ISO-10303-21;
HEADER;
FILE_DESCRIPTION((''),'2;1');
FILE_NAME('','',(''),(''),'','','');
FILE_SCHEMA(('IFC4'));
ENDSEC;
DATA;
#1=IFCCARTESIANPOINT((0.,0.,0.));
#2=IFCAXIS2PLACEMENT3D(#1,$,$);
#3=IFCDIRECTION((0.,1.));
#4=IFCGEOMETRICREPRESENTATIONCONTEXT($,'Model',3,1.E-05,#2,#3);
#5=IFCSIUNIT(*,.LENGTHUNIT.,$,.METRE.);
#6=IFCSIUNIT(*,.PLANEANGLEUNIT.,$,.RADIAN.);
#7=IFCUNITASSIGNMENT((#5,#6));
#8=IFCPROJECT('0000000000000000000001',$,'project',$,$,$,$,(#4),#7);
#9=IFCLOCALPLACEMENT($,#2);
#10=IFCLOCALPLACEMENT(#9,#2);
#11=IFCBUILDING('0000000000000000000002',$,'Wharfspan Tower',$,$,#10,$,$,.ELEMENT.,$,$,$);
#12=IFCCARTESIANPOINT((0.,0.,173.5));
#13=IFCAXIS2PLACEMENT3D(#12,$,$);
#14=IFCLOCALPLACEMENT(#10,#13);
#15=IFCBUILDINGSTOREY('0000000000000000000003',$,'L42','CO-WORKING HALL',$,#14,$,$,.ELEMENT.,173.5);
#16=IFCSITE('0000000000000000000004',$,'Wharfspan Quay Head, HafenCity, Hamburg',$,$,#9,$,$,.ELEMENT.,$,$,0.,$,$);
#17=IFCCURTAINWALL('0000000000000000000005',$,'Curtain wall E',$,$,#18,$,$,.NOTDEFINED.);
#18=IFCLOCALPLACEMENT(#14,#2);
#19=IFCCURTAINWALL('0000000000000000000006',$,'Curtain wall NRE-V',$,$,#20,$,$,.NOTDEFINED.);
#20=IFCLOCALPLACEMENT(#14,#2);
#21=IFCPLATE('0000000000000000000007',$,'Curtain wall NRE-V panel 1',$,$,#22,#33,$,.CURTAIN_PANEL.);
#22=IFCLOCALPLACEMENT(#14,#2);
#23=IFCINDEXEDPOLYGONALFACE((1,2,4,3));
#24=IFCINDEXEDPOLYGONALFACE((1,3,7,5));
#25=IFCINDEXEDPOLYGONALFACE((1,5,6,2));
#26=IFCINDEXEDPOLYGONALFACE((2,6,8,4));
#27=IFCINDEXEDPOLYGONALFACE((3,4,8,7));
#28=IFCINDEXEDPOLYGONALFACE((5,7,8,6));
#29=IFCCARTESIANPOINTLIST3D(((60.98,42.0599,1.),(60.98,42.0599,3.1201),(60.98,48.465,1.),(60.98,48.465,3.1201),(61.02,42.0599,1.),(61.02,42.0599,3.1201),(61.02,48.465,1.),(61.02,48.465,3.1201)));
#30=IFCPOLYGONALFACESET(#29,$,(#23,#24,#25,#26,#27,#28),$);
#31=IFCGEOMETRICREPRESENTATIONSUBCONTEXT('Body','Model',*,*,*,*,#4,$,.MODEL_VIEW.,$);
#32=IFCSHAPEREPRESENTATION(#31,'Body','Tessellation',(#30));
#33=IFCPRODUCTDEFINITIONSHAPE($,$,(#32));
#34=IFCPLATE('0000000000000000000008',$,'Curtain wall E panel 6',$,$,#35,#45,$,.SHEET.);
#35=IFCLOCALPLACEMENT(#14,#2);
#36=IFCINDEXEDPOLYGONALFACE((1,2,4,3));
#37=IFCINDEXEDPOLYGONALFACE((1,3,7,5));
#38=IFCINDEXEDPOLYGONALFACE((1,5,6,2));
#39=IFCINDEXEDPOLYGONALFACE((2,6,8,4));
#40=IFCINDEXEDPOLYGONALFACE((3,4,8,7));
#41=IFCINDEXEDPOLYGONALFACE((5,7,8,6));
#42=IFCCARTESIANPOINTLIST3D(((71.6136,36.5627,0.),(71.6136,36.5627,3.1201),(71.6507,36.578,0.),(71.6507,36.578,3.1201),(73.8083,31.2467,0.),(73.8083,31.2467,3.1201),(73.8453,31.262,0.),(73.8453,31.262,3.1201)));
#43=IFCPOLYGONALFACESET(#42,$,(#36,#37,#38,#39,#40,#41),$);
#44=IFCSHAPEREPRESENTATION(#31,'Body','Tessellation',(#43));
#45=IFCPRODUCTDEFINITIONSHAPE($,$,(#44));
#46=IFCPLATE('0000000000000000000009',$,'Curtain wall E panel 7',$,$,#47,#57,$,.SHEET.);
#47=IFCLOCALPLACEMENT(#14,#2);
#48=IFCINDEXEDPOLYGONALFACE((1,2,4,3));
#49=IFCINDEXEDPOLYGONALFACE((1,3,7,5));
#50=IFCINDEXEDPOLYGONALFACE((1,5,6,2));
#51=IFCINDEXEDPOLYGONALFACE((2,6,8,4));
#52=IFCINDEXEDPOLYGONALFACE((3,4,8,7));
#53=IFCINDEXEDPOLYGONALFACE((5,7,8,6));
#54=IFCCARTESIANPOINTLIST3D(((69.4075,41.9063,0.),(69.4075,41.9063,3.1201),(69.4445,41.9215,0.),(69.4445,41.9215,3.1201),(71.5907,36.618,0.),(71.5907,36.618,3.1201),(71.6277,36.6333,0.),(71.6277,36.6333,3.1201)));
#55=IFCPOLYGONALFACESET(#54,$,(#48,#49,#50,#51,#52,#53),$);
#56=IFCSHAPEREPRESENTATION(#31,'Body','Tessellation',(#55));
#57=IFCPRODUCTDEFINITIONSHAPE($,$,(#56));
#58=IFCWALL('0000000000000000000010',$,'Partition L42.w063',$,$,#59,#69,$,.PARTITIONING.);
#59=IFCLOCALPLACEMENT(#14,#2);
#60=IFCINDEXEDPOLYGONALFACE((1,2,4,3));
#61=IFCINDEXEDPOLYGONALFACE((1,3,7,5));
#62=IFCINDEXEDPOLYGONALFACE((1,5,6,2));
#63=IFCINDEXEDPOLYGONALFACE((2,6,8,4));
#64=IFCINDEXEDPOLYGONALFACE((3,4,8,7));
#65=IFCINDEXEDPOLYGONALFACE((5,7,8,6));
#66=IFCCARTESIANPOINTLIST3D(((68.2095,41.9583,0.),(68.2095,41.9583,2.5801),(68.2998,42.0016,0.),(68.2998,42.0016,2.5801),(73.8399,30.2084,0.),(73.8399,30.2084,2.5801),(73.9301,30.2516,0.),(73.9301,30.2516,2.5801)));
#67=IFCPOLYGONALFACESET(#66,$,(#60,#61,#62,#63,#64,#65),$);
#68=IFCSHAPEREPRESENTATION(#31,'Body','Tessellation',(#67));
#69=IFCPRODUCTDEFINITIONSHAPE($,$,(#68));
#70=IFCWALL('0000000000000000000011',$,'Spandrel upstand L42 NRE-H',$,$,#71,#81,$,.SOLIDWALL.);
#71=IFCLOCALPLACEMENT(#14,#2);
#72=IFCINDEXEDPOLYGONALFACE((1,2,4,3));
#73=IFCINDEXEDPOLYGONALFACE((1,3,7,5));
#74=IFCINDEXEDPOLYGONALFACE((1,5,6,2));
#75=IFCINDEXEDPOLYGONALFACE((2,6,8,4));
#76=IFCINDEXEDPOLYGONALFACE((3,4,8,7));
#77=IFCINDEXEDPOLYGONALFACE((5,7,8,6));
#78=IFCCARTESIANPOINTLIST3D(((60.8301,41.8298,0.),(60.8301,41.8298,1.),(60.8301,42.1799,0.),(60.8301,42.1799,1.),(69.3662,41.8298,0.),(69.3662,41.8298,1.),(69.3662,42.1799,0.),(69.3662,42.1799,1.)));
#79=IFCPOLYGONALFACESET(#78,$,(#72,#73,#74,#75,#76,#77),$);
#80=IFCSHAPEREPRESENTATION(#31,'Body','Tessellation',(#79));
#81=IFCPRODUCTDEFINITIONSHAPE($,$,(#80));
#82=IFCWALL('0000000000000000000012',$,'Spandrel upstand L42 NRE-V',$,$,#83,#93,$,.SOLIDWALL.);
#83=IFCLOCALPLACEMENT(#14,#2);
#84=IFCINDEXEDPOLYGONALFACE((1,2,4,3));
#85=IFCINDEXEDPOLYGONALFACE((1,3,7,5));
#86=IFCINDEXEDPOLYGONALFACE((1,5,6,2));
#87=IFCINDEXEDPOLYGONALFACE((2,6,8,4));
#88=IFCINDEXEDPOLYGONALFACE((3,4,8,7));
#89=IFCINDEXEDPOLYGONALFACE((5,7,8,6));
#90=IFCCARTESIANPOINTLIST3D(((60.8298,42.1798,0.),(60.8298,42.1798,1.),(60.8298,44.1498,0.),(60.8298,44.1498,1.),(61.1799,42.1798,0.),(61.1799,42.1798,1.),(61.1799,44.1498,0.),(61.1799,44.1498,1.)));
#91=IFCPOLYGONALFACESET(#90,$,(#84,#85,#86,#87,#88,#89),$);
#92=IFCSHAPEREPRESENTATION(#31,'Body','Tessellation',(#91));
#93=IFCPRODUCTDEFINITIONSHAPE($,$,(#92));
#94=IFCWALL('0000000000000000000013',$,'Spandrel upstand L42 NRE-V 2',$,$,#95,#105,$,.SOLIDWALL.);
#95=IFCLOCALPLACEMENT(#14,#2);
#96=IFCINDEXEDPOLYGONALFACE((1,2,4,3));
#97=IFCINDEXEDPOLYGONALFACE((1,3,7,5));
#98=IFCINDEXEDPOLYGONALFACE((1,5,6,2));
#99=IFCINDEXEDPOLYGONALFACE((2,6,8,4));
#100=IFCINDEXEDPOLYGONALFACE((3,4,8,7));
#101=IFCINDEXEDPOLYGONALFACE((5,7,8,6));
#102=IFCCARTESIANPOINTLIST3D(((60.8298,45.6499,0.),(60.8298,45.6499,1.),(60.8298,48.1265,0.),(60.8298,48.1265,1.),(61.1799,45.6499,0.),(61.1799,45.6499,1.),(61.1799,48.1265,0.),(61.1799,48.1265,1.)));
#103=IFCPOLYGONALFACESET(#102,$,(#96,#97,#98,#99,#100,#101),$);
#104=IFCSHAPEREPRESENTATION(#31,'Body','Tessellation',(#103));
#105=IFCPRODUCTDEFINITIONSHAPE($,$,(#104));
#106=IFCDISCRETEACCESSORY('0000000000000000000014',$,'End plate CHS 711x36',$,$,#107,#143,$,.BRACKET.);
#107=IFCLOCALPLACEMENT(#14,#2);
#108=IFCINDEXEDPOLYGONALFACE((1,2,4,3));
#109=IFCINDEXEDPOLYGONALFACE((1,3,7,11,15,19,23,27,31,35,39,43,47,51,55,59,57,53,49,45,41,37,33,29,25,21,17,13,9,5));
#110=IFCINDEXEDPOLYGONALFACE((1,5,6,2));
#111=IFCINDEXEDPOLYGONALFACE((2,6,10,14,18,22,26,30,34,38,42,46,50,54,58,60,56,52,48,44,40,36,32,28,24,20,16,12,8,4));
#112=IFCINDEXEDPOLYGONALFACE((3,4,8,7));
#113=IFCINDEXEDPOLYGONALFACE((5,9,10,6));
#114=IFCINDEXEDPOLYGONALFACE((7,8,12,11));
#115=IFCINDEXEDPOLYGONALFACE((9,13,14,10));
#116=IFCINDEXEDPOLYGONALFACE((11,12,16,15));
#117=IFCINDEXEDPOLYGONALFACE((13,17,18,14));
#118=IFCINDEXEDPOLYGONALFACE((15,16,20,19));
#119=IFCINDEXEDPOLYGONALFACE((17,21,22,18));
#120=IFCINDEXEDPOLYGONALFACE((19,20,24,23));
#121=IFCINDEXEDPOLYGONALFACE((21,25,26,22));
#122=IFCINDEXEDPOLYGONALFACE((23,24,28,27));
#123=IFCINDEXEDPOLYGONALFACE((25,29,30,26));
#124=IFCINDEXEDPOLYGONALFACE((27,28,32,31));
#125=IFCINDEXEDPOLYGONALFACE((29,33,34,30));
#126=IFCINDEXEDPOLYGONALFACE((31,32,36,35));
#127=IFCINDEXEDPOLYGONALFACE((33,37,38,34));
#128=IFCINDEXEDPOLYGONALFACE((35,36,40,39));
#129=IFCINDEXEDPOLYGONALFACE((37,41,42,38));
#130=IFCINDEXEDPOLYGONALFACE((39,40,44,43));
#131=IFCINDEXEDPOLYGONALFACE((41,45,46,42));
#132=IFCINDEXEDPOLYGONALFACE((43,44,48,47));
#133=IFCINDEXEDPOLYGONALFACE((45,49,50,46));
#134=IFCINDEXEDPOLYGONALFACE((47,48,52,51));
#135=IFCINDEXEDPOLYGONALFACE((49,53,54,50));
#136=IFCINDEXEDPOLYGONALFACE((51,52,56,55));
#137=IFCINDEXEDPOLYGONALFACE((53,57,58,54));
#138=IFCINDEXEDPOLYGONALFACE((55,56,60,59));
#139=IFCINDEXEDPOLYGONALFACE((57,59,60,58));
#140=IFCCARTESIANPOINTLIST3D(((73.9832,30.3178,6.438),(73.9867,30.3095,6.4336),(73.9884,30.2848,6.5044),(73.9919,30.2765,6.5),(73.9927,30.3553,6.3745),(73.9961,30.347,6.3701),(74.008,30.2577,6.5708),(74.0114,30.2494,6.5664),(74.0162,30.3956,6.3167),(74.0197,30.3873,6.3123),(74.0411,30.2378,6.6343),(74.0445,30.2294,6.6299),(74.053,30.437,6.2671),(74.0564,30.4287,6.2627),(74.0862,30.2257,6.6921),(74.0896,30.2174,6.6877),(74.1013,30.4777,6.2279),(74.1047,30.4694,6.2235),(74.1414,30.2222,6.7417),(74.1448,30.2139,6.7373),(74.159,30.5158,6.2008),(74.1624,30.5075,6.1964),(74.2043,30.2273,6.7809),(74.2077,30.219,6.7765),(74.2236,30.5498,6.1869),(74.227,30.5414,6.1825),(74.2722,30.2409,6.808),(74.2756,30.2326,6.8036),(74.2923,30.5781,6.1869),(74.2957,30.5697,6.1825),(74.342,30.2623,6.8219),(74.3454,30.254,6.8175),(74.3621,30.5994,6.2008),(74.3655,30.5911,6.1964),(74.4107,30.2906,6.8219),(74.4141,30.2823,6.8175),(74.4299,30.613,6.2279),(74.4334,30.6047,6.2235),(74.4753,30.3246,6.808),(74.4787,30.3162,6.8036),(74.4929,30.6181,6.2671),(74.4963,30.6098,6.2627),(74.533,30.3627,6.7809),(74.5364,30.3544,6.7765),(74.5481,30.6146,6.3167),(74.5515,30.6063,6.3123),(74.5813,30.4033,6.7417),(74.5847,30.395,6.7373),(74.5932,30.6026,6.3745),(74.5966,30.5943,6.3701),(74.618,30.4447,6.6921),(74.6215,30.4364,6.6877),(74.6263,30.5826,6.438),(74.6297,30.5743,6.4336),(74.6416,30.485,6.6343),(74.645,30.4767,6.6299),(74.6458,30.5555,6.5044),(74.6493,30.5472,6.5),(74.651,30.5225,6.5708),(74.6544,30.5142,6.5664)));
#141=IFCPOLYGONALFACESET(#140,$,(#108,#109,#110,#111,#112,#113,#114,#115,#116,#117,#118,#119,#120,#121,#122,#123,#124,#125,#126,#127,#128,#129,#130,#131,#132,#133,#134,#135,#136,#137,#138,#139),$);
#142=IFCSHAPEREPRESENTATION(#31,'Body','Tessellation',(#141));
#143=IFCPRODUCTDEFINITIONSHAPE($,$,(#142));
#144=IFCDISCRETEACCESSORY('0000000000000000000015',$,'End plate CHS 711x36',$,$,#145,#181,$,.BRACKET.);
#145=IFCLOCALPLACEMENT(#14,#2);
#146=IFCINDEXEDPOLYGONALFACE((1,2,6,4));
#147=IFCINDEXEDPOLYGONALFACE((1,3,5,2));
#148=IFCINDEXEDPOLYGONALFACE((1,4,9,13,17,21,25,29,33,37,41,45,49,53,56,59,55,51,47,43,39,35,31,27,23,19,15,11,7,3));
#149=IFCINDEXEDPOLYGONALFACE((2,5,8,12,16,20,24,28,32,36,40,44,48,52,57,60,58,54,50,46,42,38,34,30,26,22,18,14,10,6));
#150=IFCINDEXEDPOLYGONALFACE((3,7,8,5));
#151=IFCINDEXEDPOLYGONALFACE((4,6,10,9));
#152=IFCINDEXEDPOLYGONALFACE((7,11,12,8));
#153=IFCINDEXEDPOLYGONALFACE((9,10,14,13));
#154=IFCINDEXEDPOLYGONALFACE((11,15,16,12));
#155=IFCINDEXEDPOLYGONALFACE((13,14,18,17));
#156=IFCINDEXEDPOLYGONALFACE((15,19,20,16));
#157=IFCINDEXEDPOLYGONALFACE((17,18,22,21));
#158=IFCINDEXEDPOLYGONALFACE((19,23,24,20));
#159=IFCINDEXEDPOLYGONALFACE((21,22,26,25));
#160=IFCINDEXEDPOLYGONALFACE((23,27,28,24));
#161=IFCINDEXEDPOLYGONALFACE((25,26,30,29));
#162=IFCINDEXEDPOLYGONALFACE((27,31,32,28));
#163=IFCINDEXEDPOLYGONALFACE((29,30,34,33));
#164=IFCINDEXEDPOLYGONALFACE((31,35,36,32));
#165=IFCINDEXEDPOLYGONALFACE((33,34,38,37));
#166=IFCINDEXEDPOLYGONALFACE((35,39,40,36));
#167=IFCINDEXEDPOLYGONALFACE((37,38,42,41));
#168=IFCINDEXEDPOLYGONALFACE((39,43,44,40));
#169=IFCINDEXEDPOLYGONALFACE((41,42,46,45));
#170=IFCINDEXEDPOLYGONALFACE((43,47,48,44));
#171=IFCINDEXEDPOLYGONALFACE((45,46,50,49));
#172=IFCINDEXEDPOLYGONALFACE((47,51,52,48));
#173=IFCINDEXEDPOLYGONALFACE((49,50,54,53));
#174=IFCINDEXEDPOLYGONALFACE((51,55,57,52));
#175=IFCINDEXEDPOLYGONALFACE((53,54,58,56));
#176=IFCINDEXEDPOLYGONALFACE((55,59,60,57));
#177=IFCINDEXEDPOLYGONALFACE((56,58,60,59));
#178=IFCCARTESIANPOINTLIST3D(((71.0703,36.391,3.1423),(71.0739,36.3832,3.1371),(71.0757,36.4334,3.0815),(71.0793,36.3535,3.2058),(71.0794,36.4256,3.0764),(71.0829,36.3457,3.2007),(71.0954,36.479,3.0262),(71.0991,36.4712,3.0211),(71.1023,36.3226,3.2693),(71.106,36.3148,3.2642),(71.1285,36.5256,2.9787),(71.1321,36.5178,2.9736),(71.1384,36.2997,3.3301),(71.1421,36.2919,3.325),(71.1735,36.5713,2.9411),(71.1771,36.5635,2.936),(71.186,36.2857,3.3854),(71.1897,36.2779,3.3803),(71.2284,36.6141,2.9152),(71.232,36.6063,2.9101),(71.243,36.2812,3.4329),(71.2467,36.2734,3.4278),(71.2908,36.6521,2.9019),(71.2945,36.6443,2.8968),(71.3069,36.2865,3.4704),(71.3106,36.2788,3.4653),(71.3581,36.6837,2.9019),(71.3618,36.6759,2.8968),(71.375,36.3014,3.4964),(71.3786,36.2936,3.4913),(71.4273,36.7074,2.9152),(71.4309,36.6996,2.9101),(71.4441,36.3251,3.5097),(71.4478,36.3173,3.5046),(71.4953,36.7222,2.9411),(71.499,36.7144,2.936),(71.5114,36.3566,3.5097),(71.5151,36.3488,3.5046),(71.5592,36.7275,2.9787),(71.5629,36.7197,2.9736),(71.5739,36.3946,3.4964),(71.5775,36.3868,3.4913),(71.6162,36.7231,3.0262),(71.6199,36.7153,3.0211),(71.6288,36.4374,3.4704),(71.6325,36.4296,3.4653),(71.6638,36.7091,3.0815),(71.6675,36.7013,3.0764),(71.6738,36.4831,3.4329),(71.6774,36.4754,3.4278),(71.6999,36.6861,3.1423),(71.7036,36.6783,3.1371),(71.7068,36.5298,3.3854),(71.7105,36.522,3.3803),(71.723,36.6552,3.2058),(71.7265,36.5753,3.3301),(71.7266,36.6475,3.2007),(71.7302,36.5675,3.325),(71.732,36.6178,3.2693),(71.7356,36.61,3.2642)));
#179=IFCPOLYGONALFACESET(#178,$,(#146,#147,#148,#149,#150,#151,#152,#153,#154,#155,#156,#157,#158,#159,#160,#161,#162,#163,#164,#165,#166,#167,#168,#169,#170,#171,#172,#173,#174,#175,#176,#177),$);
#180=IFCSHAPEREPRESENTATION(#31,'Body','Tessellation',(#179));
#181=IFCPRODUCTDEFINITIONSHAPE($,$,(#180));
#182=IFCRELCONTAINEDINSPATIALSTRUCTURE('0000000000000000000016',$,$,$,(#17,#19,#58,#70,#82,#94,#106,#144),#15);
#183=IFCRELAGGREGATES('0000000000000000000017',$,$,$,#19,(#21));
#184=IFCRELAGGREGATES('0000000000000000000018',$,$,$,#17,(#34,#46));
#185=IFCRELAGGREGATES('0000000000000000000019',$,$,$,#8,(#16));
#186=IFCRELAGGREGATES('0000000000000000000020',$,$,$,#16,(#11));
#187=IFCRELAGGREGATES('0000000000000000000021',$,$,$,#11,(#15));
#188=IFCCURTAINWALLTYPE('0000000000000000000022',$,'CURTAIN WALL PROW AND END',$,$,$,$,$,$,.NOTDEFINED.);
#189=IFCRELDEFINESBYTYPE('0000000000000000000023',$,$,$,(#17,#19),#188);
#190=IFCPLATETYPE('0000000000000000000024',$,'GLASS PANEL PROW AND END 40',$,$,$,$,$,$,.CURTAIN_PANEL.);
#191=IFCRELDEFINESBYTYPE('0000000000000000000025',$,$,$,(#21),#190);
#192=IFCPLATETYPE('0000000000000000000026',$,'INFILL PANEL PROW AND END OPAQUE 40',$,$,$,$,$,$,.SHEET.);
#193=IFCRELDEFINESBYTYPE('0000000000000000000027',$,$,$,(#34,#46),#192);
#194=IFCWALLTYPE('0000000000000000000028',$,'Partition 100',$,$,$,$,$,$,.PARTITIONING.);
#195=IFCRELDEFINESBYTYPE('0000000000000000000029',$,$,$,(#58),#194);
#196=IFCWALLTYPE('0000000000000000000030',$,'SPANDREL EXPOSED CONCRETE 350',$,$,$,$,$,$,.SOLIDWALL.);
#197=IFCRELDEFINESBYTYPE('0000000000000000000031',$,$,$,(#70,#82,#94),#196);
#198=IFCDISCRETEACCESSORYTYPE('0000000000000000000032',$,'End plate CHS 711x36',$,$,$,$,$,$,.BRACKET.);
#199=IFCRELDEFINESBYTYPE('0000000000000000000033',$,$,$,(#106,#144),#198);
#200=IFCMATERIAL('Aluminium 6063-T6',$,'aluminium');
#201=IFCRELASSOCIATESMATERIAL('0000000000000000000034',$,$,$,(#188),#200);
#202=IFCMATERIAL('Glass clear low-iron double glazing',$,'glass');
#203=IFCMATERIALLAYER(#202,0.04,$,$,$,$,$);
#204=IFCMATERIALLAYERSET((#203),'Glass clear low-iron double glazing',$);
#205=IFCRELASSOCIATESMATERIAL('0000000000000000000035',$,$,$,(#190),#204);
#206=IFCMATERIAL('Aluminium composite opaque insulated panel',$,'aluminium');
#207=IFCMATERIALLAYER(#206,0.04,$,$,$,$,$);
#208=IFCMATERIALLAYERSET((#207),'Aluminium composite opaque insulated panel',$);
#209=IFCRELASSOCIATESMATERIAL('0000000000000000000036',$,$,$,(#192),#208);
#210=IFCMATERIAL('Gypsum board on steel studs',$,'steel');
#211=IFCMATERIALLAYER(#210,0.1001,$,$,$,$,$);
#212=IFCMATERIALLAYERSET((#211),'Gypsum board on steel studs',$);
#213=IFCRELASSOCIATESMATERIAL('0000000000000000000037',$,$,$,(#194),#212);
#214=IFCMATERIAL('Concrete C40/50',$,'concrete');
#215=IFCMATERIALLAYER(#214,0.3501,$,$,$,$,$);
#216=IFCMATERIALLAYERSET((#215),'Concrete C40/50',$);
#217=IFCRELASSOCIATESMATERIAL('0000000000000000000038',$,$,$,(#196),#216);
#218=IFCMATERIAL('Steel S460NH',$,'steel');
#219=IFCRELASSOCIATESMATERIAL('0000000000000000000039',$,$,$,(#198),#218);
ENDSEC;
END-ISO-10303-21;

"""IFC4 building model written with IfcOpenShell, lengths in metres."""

from ifc_helpers import new_model, si_unit, direction, frame, frame_2d, origin, origin_2d, place, context, subcontext, project, spatial, rectangle, circle, extrude, material, layer, layer_set, material_profile, profile_set, type_object, element, aggregate, save


model = new_model("IFC4")

# Units and contexts
model_context = context("Model", 3, precision=1e-05, world=origin(), true_north=direction((0.0, 1.0)))
body_context = subcontext(model_context, "Body", "Model", "MODEL_VIEW")
ifc_project = project(units=[si_unit("LENGTHUNIT", "METRE"), si_unit("PLANEANGLEUNIT", "RADIAN")], contexts=[model_context])

# Site, building, storey
site_placement = place(None, origin())
site = spatial("IfcSite", under=ifc_project, at=site_placement, Name="Wharfspan Quay Head, HafenCity, Hamburg", CompositionType="ELEMENT", RefElevation=0.0)
building_placement = place(site_placement, origin())
building = spatial("IfcBuilding", under=site, at=building_placement, Name="Wharfspan Tower", CompositionType="ELEMENT")
storey_placement = place(building_placement, frame((0.0, 0.0, 173.5)))
storey = spatial("IfcBuildingStorey", under=building, at=storey_placement, Name="L42", Description="CO-WORKING HALL", CompositionType="ELEMENT", Elevation=173.5)

# Curtain wall
ifc_material_1 = material(Name="Aluminium 6063-T6", Category="aluminium")
curtain_wall_type = type_object("IfcCurtainWallType", Name="CURTAIN WALL PROW AND END", PredefinedType="NOTDEFINED", material=ifc_material_1)
curtain_wall_1_placement = place(storey_placement, origin())
curtain_wall_1 = element("IfcCurtainWall", 1, at=curtain_wall_1_placement, inside=storey, type_object=curtain_wall_type, Name="Curtain wall E", PredefinedType="NOTDEFINED")

# Curtain wall
curtain_wall_2_placement = place(storey_placement, origin())
curtain_wall_2 = element("IfcCurtainWall", 2, at=curtain_wall_2_placement, inside=storey, type_object=curtain_wall_type, Name="Curtain wall NRE-V", PredefinedType="NOTDEFINED")

# Shared definitions
ifc_material_2 = material(Name="Steel S460NH", Category="steel")

# Plates
ifc_material_3 = material(Name="Glass clear low-iron double glazing", Category="glass")
ifc_layer_1 = layer(ifc_material_3, 0.04)
ifc_layer_set_1 = layer_set([ifc_layer_1], Name="Glass clear low-iron double glazing")
plate_type_1 = type_object("IfcPlateType", Name="GLASS PANEL PROW AND END 40", PredefinedType="CURTAIN_PANEL", material=ifc_layer_set_1)
plate_1_placement = place(storey_placement, frame((61.0, 45.2625, 1.0), z_axis=(0.0, 0.0, 1.0), x_axis=(0.0, 1.0, 0.0)))
plate_1 = element("IfcPlate", 3, at=plate_1_placement, type_object=plate_type_1, Name="Curtain wall NRE-V panel 1", PredefinedType="CURTAIN_PANEL", context=body_context, shape_type="SweptSolid", body=[
    extrude(rectangle(XDim=6.405, YDim=0.04, at=origin_2d()), origin(), (0.0, 0.0, 1.0), 2.1201),
])
aggregate(curtain_wall_2, [plate_1])
ifc_material_4 = material(Name="Aluminium composite opaque insulated panel", Category="aluminium")
ifc_layer_2 = layer(ifc_material_4, 0.04)
ifc_layer_set_2 = layer_set([ifc_layer_2], Name="Aluminium composite opaque insulated panel")
plate_type_2 = type_object("IfcPlateType", Name="INFILL PANEL PROW AND END OPAQUE 40", PredefinedType="SHEET", material=ifc_layer_set_2)
plate_2_placement = place(storey_placement, frame((72.7295, 33.9124, 0.0), z_axis=(0.0, 0.0, 1.0), x_axis=(-0.381602, 0.924325, 0.0)))
plate_2 = element("IfcPlate", 4, at=plate_2_placement, type_object=plate_type_2, Name="Curtain wall E panel 6", PredefinedType="SHEET", context=body_context, shape_type="SweptSolid", body=[
    extrude(rectangle(XDim=5.7512, YDim=0.04, at=origin_2d()), origin(), (0.0, 0.0, 1.0), 3.1201),
])
plate_3_placement = place(storey_placement, frame((70.5176, 39.2698, 0.0), z_axis=(0.0, 0.0, 1.0), x_axis=(-0.381602, 0.924325, 0.0)))
plate_3 = element("IfcPlate", 5, at=plate_3_placement, type_object=plate_type_2, Name="Curtain wall E panel 7", PredefinedType="SHEET", context=body_context, shape_type="SweptSolid", body=[
    extrude(rectangle(XDim=5.7212, YDim=0.04, at=origin_2d()), origin(), (0.0, 0.0, 1.0), 3.1201),
])
aggregate(curtain_wall_1, [plate_2, plate_3])

# Walls
ifc_material_5 = material(Name="Gypsum board on steel studs", Category="steel")
ifc_layer_3 = layer(ifc_material_5, 0.1001)
ifc_layer_set_3 = layer_set([ifc_layer_3], Name="Gypsum board on steel studs")
wall_type_1 = type_object("IfcWallType", Name="Partition 100", PredefinedType="PARTITIONING", material=ifc_layer_set_3)
wall_1_placement = place(storey_placement, frame((73.885, 30.23, 0.0), z_axis=(0.0, 0.0, 1.0), x_axis=(-0.432129, 0.901808, 0.0)))
element("IfcWall", 6, at=wall_1_placement, inside=storey, type_object=wall_type_1, Name="Partition L42.w063", PredefinedType="PARTITIONING", context=body_context, shape_type="SweptSolid", body=[
    extrude(rectangle(XDim=13.0293, YDim=0.1001, at=frame_2d((6.5146, 0.0))), origin(), (0.0, 0.0, 1.0), 2.5801),
])
ifc_material_6 = material(Name="Concrete C40/50", Category="concrete")
ifc_layer_4 = layer(ifc_material_6, 0.3501)
ifc_layer_set_4 = layer_set([ifc_layer_4], Name="Concrete C40/50")
wall_type_2 = type_object("IfcWallType", Name="SPANDREL EXPOSED CONCRETE 350", PredefinedType="SOLIDWALL", material=ifc_layer_set_4)
wall_2_placement = place(storey_placement, frame((69.3662, 42.0049, 0.0), z_axis=(0.0, 0.0, 1.0), x_axis=(-1.0, 0.0, 0.0)))
element("IfcWall", 7, at=wall_2_placement, inside=storey, type_object=wall_type_2, Name="Spandrel upstand L42 NRE-H", PredefinedType="SOLIDWALL", context=body_context, shape_type="SweptSolid", body=[
    extrude(rectangle(XDim=8.5361, YDim=0.3501, at=frame_2d((4.2681, 0.0))), origin(), (0.0, 0.0, 1.0), 1.0),
])
wall_3_placement = place(storey_placement, frame((61.0049, 42.1799, 0.0), z_axis=(0.0, 0.0, 1.0), x_axis=(0.0, 1.0, 0.0)))
element("IfcWall", 8, at=wall_3_placement, inside=storey, type_object=wall_type_2, Name="Spandrel upstand L42 NRE-V", PredefinedType="SOLIDWALL", context=body_context, shape_type="SweptSolid", body=[
    extrude(rectangle(XDim=1.97, YDim=0.3501, at=frame_2d((0.9849, 0.0))), origin(), (0.0, 0.0, 1.0), 1.0),
])
wall_4_placement = place(storey_placement, frame((61.0049, 45.6499, 0.0), z_axis=(0.0, 0.0, 1.0), x_axis=(0.0, 1.0, 0.0)))
element("IfcWall", 9, at=wall_4_placement, inside=storey, type_object=wall_type_2, Name="Spandrel upstand L42 NRE-V 2", PredefinedType="SOLIDWALL", context=body_context, shape_type="SweptSolid", body=[
    extrude(rectangle(XDim=2.4766, YDim=0.3501, at=frame_2d((1.2383, 0.0))), origin(), (0.0, 0.0, 1.0), 1.0),
])

# Discrete accessories
ifc_material_profile_1 = material_profile(ifc_material_2, circle(Radius=0.3555, at=origin_2d()))
ifc_profile_set_1 = profile_set([ifc_material_profile_1], Name="Steel S460NH")
discrete_accessory_type = type_object("IfcDiscreteAccessoryType", Name="End plate CHS 711x36", PredefinedType="BRACKET", material=ifc_profile_set_1)
for number, where, z_axis, x_axis, name in (
    (10, (74.3206, 30.4119, 6.5), (-0.341972, 0.830504, 0.439679), (-0.924678, -0.380749, -0.000001), "End plate CHS 711x36"),
    (11, (71.4048, 36.4966, 3.2007), (-0.364878, 0.778407, 0.510829), (-0.905462, -0.424435, 0.0), "End plate CHS 711x36"),
):
    element("IfcDiscreteAccessory", number, at=place(storey_placement, frame(where, z_axis=z_axis, x_axis=x_axis)), inside=storey, type_object=discrete_accessory_type, Name=name, PredefinedType="BRACKET", context=body_context, shape_type="SweptSolid", body=[
        extrude(circle(Radius=0.3555, at=origin_2d()), origin(), (0.0, 0.0, 1.0), 0.01),
    ])

save(model, "model.ifc")
